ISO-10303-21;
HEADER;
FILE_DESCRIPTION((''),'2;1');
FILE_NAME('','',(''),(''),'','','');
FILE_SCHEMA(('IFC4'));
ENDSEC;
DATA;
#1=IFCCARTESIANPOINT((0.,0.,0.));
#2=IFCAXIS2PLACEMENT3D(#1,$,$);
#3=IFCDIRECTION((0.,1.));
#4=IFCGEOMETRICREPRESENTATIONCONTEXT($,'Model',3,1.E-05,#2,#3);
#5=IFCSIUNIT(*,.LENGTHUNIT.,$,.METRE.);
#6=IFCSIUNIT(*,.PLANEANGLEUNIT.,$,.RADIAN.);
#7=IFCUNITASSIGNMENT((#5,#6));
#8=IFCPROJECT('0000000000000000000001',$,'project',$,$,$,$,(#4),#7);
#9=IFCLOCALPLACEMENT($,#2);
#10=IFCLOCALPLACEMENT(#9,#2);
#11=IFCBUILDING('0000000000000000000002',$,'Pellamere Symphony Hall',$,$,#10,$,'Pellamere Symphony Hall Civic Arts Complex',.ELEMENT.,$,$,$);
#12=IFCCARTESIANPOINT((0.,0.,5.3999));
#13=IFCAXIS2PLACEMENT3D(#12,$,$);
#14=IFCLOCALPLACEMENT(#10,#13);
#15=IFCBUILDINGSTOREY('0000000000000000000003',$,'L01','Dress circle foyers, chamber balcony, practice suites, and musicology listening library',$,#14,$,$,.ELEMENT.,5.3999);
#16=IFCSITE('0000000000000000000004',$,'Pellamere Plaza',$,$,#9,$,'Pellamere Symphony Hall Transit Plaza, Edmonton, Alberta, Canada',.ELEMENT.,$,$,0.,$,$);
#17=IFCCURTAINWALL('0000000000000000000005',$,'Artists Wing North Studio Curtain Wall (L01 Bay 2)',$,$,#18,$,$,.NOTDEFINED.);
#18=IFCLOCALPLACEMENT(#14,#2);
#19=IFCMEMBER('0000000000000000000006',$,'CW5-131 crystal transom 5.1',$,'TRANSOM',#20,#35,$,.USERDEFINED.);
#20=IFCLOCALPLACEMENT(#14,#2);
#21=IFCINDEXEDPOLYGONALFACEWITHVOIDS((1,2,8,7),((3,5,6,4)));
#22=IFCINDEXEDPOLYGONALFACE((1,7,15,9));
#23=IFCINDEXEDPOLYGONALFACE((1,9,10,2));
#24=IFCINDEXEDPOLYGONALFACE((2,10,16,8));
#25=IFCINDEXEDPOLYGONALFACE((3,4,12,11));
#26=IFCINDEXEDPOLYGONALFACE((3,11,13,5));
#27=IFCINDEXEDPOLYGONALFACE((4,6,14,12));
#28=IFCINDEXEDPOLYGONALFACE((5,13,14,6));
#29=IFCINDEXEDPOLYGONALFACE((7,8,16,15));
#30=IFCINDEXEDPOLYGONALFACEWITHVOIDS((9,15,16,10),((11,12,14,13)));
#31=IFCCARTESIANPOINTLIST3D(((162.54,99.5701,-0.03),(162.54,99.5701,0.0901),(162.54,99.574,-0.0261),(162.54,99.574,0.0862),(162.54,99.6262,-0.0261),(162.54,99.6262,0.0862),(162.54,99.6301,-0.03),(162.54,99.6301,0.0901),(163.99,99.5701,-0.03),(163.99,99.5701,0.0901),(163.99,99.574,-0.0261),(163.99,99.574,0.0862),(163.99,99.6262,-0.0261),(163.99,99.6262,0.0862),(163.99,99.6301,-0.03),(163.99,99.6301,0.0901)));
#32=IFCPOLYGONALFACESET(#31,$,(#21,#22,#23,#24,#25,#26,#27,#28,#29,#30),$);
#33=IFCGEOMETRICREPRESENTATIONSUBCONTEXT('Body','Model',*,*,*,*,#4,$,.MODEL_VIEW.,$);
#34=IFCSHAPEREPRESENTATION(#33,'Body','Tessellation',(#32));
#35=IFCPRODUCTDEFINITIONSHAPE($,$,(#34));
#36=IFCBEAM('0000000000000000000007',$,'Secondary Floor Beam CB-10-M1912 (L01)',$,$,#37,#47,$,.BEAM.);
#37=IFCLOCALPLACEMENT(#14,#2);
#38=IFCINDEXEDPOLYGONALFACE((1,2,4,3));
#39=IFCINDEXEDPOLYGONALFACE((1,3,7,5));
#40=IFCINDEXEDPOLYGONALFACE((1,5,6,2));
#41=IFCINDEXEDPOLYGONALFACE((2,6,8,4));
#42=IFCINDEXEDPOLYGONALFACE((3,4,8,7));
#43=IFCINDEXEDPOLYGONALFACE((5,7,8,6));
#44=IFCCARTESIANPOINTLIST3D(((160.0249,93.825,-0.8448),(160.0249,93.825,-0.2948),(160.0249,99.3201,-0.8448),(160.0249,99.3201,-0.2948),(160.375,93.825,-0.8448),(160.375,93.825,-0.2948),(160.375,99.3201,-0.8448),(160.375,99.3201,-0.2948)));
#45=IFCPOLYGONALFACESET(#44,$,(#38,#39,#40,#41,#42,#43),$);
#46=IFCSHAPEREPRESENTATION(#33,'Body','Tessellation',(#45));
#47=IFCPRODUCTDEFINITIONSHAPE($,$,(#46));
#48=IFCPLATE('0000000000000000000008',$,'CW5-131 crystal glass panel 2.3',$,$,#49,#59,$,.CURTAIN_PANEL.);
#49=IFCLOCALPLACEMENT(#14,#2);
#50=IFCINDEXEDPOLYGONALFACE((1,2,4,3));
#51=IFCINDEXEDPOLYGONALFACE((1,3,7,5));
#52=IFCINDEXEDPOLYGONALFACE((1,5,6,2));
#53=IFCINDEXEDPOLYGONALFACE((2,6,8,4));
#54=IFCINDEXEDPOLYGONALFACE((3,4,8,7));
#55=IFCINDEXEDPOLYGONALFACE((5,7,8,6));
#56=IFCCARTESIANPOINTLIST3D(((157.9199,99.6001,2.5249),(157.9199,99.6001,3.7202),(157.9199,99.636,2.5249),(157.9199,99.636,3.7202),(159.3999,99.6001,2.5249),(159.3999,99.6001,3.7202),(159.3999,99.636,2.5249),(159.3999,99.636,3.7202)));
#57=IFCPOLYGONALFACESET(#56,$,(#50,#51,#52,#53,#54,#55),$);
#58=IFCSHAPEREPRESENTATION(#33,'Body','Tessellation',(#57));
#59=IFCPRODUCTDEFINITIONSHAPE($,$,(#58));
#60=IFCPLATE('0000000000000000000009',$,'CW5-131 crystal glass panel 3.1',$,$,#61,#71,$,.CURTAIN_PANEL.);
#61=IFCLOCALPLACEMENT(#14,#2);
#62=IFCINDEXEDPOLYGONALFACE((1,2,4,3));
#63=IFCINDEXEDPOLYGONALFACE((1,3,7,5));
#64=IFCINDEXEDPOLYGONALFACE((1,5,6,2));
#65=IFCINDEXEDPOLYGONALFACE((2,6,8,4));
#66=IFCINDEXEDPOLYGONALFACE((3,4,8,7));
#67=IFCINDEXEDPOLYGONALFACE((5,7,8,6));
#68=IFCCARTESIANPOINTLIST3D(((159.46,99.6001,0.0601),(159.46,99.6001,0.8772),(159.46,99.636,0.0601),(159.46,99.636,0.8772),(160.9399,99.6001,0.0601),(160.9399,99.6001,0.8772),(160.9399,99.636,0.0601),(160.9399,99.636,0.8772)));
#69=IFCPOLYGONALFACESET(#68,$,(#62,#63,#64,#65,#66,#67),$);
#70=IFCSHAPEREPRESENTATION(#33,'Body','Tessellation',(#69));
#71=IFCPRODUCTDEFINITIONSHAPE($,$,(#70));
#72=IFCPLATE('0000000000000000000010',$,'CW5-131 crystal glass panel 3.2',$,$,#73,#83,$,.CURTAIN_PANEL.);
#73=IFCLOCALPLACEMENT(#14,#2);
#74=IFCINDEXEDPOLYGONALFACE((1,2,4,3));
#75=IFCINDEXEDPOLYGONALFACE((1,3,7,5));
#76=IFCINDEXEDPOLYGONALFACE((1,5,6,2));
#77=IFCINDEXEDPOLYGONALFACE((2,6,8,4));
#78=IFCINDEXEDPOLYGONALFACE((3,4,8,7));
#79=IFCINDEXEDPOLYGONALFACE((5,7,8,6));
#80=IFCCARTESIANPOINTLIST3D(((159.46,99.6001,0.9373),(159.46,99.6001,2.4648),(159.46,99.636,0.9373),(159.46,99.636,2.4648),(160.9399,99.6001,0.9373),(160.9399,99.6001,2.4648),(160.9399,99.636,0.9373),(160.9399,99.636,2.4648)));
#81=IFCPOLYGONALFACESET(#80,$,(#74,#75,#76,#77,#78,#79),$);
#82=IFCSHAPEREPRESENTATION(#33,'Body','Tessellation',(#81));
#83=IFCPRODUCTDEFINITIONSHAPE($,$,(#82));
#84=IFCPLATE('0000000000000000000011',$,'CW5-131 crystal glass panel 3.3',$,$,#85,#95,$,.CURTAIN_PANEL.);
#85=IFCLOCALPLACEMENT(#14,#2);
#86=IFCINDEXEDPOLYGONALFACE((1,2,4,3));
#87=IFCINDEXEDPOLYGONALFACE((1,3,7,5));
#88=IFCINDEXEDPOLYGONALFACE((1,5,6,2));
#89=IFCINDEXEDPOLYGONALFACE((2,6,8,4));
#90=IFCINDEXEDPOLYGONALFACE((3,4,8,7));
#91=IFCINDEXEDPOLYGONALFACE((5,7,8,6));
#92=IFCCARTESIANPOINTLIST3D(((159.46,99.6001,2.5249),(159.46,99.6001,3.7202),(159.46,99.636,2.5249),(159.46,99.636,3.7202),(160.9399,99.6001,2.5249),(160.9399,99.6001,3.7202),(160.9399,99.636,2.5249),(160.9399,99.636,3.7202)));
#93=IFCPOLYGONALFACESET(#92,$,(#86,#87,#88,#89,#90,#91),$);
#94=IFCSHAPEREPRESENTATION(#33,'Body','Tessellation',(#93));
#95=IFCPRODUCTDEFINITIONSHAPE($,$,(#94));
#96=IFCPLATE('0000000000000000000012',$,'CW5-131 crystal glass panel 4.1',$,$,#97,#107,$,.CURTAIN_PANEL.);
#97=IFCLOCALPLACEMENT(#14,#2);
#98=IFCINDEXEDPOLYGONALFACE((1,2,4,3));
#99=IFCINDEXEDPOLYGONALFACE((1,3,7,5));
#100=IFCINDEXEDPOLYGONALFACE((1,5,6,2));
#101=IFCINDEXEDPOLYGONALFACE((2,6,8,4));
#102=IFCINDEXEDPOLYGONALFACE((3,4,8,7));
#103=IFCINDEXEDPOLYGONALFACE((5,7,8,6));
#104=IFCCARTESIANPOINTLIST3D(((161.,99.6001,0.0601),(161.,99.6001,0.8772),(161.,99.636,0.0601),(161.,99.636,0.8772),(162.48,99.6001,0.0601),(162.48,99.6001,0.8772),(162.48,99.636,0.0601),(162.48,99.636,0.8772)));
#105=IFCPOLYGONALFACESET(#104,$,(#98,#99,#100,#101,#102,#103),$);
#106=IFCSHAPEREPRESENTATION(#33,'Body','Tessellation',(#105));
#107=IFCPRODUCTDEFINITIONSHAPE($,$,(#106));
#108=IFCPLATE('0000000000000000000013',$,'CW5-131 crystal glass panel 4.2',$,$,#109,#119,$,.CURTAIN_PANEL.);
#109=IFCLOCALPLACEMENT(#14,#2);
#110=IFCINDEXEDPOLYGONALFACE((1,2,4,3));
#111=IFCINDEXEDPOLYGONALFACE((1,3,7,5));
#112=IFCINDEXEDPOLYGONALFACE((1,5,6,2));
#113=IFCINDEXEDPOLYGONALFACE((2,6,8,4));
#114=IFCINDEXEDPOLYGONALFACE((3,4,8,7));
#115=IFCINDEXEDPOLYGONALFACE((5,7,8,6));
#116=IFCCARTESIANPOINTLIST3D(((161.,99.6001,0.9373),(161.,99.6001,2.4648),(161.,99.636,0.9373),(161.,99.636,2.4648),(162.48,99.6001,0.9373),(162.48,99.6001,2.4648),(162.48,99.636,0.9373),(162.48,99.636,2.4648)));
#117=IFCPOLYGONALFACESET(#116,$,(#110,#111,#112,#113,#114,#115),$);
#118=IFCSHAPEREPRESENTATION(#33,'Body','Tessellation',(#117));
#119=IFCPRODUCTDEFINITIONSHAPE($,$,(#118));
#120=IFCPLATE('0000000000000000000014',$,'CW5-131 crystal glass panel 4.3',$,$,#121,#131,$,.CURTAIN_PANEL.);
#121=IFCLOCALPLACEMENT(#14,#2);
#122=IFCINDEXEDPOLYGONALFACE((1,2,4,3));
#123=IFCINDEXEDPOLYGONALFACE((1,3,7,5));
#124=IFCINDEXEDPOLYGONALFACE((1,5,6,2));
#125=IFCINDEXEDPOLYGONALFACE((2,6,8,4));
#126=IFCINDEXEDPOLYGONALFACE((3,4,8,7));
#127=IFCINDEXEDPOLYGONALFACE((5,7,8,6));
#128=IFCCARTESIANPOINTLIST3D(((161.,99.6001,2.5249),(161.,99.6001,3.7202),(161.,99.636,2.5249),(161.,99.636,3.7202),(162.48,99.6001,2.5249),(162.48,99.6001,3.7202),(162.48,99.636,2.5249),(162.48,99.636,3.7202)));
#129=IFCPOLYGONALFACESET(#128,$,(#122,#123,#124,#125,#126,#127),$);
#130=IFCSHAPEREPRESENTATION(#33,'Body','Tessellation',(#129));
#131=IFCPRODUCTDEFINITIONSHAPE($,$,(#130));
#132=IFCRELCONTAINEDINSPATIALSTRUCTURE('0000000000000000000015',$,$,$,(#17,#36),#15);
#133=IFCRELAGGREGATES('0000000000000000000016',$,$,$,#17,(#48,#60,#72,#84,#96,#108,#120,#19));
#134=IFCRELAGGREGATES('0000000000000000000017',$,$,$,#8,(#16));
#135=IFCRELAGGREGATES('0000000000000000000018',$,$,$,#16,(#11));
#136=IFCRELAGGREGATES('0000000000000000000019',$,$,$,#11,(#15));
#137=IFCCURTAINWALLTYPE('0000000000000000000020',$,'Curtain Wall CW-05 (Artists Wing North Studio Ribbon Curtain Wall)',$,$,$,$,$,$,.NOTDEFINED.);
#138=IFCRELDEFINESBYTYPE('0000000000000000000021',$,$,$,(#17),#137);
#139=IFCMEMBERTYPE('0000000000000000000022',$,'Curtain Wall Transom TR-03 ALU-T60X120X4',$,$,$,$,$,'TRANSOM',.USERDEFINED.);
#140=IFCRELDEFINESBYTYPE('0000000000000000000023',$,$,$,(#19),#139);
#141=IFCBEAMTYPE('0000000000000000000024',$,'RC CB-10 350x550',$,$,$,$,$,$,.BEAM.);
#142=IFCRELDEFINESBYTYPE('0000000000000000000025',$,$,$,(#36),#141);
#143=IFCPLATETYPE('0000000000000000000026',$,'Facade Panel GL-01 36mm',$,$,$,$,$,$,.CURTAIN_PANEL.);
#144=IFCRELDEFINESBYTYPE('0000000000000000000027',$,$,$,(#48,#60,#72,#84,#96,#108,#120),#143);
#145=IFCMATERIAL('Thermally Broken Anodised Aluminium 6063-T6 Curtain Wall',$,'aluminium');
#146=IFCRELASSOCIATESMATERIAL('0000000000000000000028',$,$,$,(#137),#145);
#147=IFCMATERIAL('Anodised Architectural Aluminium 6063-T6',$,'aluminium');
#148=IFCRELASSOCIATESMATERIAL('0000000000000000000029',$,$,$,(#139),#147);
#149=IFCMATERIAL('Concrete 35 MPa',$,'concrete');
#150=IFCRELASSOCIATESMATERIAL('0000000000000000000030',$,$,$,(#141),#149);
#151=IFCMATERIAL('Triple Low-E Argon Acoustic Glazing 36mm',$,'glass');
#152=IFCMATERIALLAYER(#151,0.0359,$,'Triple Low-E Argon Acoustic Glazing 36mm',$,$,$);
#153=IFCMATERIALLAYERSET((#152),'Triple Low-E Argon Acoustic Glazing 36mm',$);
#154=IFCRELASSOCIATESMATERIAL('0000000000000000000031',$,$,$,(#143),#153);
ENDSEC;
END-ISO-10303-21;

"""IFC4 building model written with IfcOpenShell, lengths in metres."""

from ifc_helpers import new_model, si_unit, direction, frame, origin, origin_2d, place, context, subcontext, project, spatial, polyline, rectangle, hollow_rectangle, outline, extrude, material, layer, layer_set, material_profile, profile_set, type_object, element, aggregate, save


model = new_model("IFC4")

# Units and contexts
model_context = context("Model", 3, precision=1e-05, world=origin(), true_north=direction((0.0, 1.0)))
body_context = subcontext(model_context, "Body", "Model", "MODEL_VIEW")
ifc_project = project(units=[si_unit("LENGTHUNIT", "METRE"), si_unit("PLANEANGLEUNIT", "RADIAN")], contexts=[model_context])

# Site, building, storey
site_placement = place(None, origin())
site = spatial("IfcSite", under=ifc_project, at=site_placement, Name="Pellamere Plaza", LongName="Pellamere Symphony Hall Transit Plaza, Edmonton, Alberta, Canada", CompositionType="ELEMENT", RefElevation=0.0)
building_placement = place(site_placement, origin())
building = spatial("IfcBuilding", under=site, at=building_placement, Name="Pellamere Symphony Hall", LongName="Pellamere Symphony Hall Civic Arts Complex", CompositionType="ELEMENT")
storey_placement = place(building_placement, frame((0.0, 0.0, 5.3999)))
storey = spatial("IfcBuildingStorey", under=building, at=storey_placement, Name="L01", Description="Dress circle foyers, chamber balcony, practice suites, and musicology listening library", CompositionType="ELEMENT", Elevation=5.3999)

# Curtain wall, member
ifc_material_1 = material(Name="Thermally Broken Anodised Aluminium 6063-T6 Curtain Wall", Category="aluminium")
curtain_wall_type = type_object("IfcCurtainWallType", Name="Curtain Wall CW-05 (Artists Wing North Studio Ribbon Curtain Wall)", PredefinedType="NOTDEFINED", material=ifc_material_1)
curtain_wall_placement = place(storey_placement, origin())
curtain_wall = element("IfcCurtainWall", 1, at=curtain_wall_placement, inside=storey, type_object=curtain_wall_type, Name="Artists Wing North Studio Curtain Wall (L01 Bay 2)", PredefinedType="NOTDEFINED")
ifc_material_2 = material(Name="Anodised Architectural Aluminium 6063-T6", Category="aluminium")
ifc_material_profile_1 = material_profile(ifc_material_2, hollow_rectangle(XDim=0.0601, YDim=0.1201, WallThickness=0.0039, at=origin_2d()), Name="ALU-T60X120X4")
ifc_profile_set_1 = profile_set([ifc_material_profile_1], Name="Anodised Architectural Aluminium 6063-T6")
member_type_1 = type_object("IfcMemberType", Name="Curtain Wall Transom TR-03 ALU-T60X120X4", ElementType="TRANSOM", PredefinedType="USERDEFINED", material=ifc_profile_set_1)
member_1_placement = place(storey_placement, frame((162.54, 99.6001, 0.03), z_axis=(1.0, 0.0, 0.0), x_axis=(0.0, 1.0, 0.0)))
member_1 = element("IfcMember", 2, at=member_1_placement, type_object=member_type_1, Name="CW5-131 crystal transom 5.1", ObjectType="TRANSOM", PredefinedType="USERDEFINED", context=body_context, shape_type="SweptSolid", body=[
    extrude(hollow_rectangle(XDim=0.0601, YDim=0.1201, WallThickness=0.0039, at=origin_2d()), origin(), (0.0, 0.0, 1.0), 1.45),
])

# Beam
ifc_material_3 = material(Name="Concrete 35 MPa", Category="concrete")
ifc_material_profile_2 = material_profile(ifc_material_3, rectangle(XDim=0.3501, YDim=0.55, at=origin_2d()), Name="RC 350x550")
ifc_profile_set_2 = profile_set([ifc_material_profile_2], Name="Concrete 35 MPa")
beam_type = type_object("IfcBeamType", Name="RC CB-10 350x550", PredefinedType="BEAM", material=ifc_profile_set_2)
beam_placement = place(storey_placement, frame((160.2, 93.825, -0.5698), z_axis=(0.0, 1.0, 0.0), x_axis=(-1.0, 0.0, 0.0)))
element("IfcBeam", 3, at=beam_placement, inside=storey, type_object=beam_type, Name="Secondary Floor Beam CB-10-M1912 (L01)", PredefinedType="BEAM", context=body_context, shape_type="SweptSolid", body=[
    extrude(rectangle(XDim=0.3501, YDim=0.55, at=origin_2d()), origin(), (0.0, 0.0, 1.0), 5.4951),
])

# Plates
ifc_material_4 = material(Name="Triple Low-E Argon Acoustic Glazing 36mm", Category="glass")
ifc_layer = layer(ifc_material_4, 0.0359, Name="Triple Low-E Argon Acoustic Glazing 36mm")
ifc_layer_set = layer_set([ifc_layer], Name="Triple Low-E Argon Acoustic Glazing 36mm")
plate_type = type_object("IfcPlateType", Name="Facade Panel GL-01 36mm", PredefinedType="CURTAIN_PANEL", material=ifc_layer_set)
plate_1_placement = place(storey_placement, frame((157.9199, 99.6001, 2.5249), z_axis=(0.0, -1.0, 0.0), x_axis=(1.0, 0.0, 0.0)))
plate_1 = element("IfcPlate", 4, at=plate_1_placement, type_object=plate_type, Name="CW5-131 crystal glass panel 2.3", PredefinedType="CURTAIN_PANEL", context=body_context, shape_type="SweptSolid", body=[
    extrude(outline(polyline([(0.0, 0.0), (1.48, 0.0), (1.48, 1.1953), (0.0, 1.1953), (0.0, 0.0)])), origin(), (0.0, 0.0, -1.0), 0.0359),
])
plate_2_placement = place(storey_placement, frame((159.46, 99.6001, 0.0601), z_axis=(0.0, -1.0, 0.0), x_axis=(1.0, 0.0, 0.0)))
plate_2 = element("IfcPlate", 5, at=plate_2_placement, type_object=plate_type, Name="CW5-131 crystal glass panel 3.1", PredefinedType="CURTAIN_PANEL", context=body_context, shape_type="SweptSolid", body=[
    extrude(outline(polyline([(0.0, 0.0), (1.48, 0.0), (1.48, 0.8171), (0.0, 0.8171), (0.0, 0.0)])), origin(), (0.0, 0.0, -1.0), 0.0359),
])
plate_3_placement = place(storey_placement, frame((159.46, 99.6001, 0.9373), z_axis=(0.0, -1.0, 0.0), x_axis=(1.0, 0.0, 0.0)))
plate_3 = element("IfcPlate", 6, at=plate_3_placement, type_object=plate_type, Name="CW5-131 crystal glass panel 3.2", PredefinedType="CURTAIN_PANEL", context=body_context, shape_type="SweptSolid", body=[
    extrude(outline(polyline([(0.0, 0.0), (1.48, 0.0), (1.48, 1.5276), (0.0, 1.5276), (0.0, 0.0)])), origin(), (0.0, 0.0, -1.0), 0.0359),
])
plate_4_placement = place(storey_placement, frame((159.46, 99.6001, 2.5249), z_axis=(0.0, -1.0, 0.0), x_axis=(1.0, 0.0, 0.0)))
plate_4 = element("IfcPlate", 7, at=plate_4_placement, type_object=plate_type, Name="CW5-131 crystal glass panel 3.3", PredefinedType="CURTAIN_PANEL", context=body_context, shape_type="SweptSolid", body=[
    extrude(outline(polyline([(0.0, 0.0), (1.48, 0.0), (1.48, 1.1953), (0.0, 1.1953), (0.0, 0.0)])), origin(), (0.0, 0.0, -1.0), 0.0359),
])
plate_5_placement = place(storey_placement, frame((161.0, 99.6001, 0.0601), z_axis=(0.0, -1.0, 0.0), x_axis=(1.0, 0.0, 0.0)))
plate_5 = element("IfcPlate", 8, at=plate_5_placement, type_object=plate_type, Name="CW5-131 crystal glass panel 4.1", PredefinedType="CURTAIN_PANEL", context=body_context, shape_type="SweptSolid", body=[
    extrude(outline(polyline([(0.0, 0.0), (1.48, 0.0), (1.48, 0.8171), (0.0, 0.8171), (0.0, 0.0)])), origin(), (0.0, 0.0, -1.0), 0.0359),
])
plate_6_placement = place(storey_placement, frame((161.0, 99.6001, 0.9373), z_axis=(0.0, -1.0, 0.0), x_axis=(1.0, 0.0, 0.0)))
plate_6 = element("IfcPlate", 9, at=plate_6_placement, type_object=plate_type, Name="CW5-131 crystal glass panel 4.2", PredefinedType="CURTAIN_PANEL", context=body_context, shape_type="SweptSolid", body=[
    extrude(outline(polyline([(0.0, 0.0), (1.48, 0.0), (1.48, 1.5276), (0.0, 1.5276), (0.0, 0.0)])), origin(), (0.0, 0.0, -1.0), 0.0359),
])
plate_7_placement = place(storey_placement, frame((161.0, 99.6001, 2.5249), z_axis=(0.0, -1.0, 0.0), x_axis=(1.0, 0.0, 0.0)))
plate_7 = element("IfcPlate", 10, at=plate_7_placement, type_object=plate_type, Name="CW5-131 crystal glass panel 4.3", PredefinedType="CURTAIN_PANEL", context=body_context, shape_type="SweptSolid", body=[
    extrude(outline(polyline([(0.0, 0.0), (1.48, 0.0), (1.48, 1.1953), (0.0, 1.1953), (0.0, 0.0)])), origin(), (0.0, 0.0, -1.0), 0.0359),
])
aggregate(curtain_wall, [plate_1, plate_2, plate_3, plate_4, plate_5, plate_6, plate_7, member_1])

save(model, "model.ifc")
